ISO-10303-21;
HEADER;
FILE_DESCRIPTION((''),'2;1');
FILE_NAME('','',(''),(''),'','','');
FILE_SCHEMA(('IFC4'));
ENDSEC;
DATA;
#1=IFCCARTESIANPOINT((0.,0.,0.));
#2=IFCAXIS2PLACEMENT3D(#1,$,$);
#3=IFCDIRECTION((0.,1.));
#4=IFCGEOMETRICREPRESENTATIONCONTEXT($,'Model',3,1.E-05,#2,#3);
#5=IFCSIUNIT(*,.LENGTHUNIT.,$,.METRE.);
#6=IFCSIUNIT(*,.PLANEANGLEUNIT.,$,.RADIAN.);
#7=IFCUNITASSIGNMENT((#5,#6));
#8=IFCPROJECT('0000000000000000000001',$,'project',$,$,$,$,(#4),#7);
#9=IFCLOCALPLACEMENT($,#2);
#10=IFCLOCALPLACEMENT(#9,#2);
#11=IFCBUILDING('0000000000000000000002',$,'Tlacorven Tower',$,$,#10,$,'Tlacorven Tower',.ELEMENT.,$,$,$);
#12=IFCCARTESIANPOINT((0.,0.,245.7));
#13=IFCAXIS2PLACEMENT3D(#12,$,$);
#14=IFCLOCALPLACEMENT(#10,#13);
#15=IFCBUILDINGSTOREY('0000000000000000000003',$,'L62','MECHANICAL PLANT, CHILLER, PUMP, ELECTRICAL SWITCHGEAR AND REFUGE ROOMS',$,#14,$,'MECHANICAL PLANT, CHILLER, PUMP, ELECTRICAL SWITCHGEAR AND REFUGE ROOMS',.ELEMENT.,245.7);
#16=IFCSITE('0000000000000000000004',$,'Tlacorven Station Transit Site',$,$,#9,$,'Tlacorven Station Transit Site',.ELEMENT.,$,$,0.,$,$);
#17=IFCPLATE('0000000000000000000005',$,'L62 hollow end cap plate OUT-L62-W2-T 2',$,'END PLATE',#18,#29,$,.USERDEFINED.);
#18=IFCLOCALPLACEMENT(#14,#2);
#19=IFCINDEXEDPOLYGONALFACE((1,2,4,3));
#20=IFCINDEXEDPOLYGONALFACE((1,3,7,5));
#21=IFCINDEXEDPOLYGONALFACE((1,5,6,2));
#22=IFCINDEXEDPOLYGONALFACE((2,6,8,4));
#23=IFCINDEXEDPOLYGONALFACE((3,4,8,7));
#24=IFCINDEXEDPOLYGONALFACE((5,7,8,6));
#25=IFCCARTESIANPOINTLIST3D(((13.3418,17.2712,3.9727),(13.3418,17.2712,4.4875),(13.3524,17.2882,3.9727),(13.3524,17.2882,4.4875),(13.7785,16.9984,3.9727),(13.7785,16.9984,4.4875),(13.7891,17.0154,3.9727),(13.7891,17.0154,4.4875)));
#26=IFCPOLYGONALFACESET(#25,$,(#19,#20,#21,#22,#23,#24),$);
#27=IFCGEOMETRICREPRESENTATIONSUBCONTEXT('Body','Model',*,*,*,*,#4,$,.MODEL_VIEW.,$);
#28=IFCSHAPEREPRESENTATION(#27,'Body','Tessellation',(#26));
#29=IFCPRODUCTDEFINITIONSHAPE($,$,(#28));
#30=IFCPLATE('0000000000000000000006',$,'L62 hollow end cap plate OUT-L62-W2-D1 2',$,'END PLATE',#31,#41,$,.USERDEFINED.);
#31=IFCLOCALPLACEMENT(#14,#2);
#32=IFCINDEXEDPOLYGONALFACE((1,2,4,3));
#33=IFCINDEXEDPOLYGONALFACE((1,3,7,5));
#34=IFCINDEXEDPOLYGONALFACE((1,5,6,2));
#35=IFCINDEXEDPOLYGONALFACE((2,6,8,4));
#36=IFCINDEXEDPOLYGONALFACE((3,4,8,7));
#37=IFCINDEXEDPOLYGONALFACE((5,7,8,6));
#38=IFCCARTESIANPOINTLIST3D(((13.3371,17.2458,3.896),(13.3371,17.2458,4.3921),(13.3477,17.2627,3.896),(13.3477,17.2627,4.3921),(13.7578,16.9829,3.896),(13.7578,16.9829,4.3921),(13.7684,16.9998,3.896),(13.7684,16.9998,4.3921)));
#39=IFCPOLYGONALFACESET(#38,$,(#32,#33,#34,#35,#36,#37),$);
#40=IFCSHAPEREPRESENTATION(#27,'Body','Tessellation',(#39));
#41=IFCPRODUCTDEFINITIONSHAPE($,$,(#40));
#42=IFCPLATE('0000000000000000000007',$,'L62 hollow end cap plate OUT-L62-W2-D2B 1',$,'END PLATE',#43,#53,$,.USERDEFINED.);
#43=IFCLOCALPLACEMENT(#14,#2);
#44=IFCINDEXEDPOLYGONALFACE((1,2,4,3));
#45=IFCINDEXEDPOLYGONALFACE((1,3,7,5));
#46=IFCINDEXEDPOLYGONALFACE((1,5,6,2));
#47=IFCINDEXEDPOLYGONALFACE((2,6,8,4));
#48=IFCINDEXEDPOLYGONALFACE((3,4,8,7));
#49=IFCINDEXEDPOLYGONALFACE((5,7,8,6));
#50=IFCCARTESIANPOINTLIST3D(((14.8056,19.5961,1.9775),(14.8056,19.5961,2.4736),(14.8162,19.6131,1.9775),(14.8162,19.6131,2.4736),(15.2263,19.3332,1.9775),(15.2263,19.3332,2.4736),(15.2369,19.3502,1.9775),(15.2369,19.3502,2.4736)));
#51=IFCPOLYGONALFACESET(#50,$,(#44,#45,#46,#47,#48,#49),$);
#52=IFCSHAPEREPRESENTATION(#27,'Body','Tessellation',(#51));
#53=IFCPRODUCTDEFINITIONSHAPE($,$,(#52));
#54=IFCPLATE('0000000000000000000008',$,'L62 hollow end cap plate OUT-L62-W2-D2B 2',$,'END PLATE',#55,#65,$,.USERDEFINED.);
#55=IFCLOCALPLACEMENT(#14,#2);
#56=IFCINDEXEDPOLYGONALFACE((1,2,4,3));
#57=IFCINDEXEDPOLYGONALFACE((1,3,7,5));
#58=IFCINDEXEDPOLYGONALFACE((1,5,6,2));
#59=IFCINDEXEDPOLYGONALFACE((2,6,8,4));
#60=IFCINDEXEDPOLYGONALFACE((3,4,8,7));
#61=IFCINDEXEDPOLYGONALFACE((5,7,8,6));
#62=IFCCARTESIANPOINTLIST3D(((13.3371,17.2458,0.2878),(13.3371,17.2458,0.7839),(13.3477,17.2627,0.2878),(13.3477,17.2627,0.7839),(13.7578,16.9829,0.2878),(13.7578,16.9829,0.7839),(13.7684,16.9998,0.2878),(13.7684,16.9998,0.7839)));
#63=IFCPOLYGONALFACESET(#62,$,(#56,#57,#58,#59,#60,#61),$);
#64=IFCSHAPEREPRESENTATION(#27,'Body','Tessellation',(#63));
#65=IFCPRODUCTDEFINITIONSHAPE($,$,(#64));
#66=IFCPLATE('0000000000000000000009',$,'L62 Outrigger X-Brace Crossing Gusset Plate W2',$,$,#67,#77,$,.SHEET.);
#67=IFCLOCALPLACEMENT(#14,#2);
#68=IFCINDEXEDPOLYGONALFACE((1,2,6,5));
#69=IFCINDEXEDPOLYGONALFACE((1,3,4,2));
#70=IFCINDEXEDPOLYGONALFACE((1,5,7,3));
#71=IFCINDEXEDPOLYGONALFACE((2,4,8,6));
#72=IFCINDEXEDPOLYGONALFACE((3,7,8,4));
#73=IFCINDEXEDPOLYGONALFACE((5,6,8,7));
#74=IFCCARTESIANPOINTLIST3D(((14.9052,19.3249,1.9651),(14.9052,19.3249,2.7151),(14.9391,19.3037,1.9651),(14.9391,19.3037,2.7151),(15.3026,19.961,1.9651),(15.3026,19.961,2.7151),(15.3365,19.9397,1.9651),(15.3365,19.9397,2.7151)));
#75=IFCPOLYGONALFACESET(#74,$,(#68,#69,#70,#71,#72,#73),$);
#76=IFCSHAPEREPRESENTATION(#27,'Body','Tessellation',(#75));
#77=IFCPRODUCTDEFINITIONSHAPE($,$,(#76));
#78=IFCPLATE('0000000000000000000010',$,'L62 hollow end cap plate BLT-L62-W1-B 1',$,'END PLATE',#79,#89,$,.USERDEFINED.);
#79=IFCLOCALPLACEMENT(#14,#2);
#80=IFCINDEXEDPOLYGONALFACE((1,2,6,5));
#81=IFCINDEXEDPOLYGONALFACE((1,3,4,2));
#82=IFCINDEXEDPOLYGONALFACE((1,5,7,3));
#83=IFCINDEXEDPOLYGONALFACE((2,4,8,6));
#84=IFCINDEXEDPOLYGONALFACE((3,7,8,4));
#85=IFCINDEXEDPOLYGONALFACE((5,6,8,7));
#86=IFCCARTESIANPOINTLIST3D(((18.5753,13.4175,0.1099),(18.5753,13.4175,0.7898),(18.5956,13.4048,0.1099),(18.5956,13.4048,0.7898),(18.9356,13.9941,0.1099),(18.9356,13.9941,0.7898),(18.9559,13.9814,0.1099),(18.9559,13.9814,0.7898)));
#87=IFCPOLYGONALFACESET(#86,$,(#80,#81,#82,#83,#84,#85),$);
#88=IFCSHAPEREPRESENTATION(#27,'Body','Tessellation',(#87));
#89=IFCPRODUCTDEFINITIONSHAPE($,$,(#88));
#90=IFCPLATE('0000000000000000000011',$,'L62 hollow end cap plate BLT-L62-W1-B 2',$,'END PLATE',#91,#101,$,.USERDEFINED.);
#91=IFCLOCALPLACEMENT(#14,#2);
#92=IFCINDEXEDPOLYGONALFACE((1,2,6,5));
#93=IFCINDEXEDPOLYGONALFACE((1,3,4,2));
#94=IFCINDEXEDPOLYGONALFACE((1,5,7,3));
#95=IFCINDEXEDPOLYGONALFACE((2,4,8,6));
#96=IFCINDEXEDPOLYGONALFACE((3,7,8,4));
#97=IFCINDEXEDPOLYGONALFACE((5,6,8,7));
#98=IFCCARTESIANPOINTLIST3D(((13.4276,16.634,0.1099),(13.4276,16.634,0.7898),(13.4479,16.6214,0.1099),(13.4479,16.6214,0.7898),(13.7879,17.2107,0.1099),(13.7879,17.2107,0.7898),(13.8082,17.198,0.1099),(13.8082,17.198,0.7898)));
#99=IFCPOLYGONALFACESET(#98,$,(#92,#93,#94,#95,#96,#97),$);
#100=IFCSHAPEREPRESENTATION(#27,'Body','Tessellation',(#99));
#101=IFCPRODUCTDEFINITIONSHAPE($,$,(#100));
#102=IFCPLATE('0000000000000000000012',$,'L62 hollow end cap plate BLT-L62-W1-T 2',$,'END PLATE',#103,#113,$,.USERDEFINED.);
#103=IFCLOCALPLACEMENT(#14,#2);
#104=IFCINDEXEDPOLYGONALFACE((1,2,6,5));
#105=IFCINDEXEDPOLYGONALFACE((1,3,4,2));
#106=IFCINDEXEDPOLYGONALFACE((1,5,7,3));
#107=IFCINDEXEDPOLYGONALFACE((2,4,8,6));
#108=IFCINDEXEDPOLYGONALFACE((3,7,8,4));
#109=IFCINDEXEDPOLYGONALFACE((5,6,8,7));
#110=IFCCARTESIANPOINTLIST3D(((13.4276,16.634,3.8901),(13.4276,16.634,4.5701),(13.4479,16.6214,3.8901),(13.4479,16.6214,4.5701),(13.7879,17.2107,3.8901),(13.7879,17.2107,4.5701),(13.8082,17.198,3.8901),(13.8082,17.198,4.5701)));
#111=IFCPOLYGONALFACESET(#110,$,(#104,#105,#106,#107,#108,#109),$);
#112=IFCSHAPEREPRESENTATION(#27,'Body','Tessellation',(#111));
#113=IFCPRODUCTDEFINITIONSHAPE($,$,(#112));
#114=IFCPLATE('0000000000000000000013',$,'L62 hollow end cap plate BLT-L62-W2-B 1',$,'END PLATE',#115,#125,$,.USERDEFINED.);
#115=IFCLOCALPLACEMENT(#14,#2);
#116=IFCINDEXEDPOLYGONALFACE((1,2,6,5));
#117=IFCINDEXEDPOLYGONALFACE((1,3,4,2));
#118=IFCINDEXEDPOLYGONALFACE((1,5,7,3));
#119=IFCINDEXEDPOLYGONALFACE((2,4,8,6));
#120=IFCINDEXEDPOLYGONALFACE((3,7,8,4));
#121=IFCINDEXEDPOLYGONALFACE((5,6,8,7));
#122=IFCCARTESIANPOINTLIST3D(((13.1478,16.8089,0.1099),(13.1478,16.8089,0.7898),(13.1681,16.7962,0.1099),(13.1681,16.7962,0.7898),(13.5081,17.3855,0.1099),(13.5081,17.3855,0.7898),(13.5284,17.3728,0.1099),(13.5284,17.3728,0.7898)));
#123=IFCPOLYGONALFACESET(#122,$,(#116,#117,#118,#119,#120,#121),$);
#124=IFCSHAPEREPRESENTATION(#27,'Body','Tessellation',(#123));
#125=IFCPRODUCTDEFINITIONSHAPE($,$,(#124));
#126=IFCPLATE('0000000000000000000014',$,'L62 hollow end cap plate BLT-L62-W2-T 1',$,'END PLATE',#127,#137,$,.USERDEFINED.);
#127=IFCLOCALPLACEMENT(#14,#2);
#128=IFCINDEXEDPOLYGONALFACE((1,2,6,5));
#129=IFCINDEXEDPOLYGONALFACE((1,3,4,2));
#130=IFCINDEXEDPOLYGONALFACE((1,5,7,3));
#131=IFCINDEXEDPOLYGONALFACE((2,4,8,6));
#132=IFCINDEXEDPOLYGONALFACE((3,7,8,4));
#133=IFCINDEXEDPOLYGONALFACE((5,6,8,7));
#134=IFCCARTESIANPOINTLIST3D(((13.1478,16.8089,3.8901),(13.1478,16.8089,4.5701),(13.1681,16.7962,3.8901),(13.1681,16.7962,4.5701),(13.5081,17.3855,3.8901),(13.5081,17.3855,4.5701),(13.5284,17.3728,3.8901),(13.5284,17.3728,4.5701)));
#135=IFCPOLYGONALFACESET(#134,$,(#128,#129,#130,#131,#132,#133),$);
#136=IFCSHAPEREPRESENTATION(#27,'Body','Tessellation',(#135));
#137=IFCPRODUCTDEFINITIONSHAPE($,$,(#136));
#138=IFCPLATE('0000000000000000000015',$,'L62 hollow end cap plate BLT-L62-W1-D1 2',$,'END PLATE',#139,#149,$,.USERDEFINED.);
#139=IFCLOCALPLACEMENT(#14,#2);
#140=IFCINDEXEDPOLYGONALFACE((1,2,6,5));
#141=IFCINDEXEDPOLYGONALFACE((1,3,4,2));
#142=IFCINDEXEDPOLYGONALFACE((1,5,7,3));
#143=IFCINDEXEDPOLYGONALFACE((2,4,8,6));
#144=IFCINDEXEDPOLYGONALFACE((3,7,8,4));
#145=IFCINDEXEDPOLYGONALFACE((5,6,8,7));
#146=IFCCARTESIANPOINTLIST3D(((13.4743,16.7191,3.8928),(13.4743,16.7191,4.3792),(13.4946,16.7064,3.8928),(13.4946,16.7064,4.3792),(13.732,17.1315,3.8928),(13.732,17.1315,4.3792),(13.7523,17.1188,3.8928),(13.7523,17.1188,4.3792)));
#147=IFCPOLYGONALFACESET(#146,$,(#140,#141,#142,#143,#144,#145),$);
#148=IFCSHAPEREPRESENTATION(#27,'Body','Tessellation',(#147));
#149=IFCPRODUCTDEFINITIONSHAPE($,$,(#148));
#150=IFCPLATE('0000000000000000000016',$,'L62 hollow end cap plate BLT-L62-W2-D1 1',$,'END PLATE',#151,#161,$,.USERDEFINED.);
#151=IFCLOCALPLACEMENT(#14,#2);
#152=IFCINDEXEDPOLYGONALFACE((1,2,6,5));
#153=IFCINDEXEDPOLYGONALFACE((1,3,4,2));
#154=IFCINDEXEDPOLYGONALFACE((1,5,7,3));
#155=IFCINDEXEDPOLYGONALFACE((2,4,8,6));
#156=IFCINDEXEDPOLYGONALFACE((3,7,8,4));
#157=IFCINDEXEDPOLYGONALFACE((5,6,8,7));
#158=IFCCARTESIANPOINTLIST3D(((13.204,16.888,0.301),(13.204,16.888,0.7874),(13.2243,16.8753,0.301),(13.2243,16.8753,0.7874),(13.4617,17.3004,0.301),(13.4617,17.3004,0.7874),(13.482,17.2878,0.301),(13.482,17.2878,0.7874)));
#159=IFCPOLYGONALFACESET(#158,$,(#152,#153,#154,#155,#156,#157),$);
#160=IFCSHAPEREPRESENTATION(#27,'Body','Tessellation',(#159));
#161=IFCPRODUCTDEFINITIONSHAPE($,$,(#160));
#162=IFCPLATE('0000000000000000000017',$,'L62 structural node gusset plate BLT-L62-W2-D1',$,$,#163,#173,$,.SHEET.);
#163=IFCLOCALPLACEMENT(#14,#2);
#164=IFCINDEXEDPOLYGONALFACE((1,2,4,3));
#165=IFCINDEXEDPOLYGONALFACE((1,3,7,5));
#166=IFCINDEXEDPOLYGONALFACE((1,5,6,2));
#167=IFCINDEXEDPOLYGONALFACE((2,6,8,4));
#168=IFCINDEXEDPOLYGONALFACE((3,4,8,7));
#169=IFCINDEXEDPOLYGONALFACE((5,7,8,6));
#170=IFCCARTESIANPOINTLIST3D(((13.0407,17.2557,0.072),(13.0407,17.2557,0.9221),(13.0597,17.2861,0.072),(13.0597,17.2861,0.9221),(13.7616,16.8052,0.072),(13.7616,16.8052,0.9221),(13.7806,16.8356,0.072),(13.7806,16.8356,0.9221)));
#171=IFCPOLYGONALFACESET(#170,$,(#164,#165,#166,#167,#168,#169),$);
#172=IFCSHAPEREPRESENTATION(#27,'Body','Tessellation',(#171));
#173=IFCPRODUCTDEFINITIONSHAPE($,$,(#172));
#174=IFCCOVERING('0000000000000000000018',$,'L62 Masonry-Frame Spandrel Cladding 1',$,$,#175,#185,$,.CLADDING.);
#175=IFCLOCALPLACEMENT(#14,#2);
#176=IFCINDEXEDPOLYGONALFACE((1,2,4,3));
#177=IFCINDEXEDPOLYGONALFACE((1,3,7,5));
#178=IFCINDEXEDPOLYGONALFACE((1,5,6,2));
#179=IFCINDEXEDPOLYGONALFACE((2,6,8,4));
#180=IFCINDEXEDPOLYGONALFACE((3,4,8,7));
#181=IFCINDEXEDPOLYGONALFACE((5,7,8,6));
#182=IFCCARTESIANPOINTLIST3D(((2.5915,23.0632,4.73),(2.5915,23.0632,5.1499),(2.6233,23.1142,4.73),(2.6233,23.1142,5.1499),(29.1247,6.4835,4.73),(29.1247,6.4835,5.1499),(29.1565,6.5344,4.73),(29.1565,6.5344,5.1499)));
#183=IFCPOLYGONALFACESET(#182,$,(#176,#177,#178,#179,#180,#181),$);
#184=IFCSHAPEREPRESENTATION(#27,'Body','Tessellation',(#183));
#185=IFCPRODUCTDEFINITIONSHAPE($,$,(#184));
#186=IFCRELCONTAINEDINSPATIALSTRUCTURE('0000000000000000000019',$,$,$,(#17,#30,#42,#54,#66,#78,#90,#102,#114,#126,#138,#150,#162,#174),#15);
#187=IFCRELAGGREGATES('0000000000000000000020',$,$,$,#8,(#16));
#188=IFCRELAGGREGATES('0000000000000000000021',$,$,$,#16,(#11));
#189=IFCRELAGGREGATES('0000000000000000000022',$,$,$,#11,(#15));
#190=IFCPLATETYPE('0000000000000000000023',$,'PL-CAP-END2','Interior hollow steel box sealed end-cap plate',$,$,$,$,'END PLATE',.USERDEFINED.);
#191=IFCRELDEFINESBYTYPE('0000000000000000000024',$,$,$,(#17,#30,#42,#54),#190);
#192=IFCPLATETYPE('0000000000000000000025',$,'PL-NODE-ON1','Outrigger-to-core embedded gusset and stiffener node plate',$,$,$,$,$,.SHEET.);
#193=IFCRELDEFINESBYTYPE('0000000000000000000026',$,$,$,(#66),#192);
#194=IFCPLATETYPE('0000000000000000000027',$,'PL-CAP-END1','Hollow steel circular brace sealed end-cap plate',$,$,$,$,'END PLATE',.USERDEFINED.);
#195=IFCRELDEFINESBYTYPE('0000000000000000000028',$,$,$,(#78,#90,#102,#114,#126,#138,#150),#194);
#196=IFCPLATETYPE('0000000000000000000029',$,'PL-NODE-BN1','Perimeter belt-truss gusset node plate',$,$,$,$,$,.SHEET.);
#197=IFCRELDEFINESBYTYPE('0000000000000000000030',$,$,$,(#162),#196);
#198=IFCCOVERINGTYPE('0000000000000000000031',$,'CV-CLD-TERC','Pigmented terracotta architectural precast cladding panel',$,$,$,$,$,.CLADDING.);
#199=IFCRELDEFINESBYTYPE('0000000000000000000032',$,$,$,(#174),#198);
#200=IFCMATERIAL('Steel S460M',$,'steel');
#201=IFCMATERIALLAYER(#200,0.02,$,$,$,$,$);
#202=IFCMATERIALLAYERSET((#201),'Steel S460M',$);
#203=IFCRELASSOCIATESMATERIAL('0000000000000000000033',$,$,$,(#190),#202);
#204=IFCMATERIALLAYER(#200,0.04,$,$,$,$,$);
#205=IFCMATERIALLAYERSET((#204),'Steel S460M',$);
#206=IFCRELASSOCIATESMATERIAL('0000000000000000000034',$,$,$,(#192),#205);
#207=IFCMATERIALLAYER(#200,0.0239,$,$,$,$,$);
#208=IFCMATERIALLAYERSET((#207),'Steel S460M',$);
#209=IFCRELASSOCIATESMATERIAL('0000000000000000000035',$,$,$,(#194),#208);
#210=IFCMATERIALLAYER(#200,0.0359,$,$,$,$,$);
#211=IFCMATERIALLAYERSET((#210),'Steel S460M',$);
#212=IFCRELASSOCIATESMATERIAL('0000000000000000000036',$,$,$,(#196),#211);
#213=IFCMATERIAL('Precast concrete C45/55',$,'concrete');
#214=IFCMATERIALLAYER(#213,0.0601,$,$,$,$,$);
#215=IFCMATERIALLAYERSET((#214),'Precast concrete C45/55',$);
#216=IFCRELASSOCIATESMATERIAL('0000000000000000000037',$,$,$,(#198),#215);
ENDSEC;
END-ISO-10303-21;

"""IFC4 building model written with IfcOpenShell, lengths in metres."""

from ifc_helpers import new_model, si_unit, direction, frame, origin, origin_2d, place, context, subcontext, project, spatial, rectangle, extrude, source, transform, mapped, material, layer, layer_set, type_object, element, save


model = new_model("IFC4")

# Units and contexts
model_context = context("Model", 3, precision=1e-05, world=origin(), true_north=direction((0.0, 1.0)))
body_context = subcontext(model_context, "Body", "Model", "MODEL_VIEW")
ifc_project = project(units=[si_unit("LENGTHUNIT", "METRE"), si_unit("PLANEANGLEUNIT", "RADIAN")], contexts=[model_context])

# Site, building, storey
site_placement = place(None, origin())
site = spatial("IfcSite", under=ifc_project, at=site_placement, Name="Tlacorven Station Transit Site", LongName="Tlacorven Station Transit Site", CompositionType="ELEMENT", RefElevation=0.0)
building_placement = place(site_placement, origin())
building = spatial("IfcBuilding", under=site, at=building_placement, Name="Tlacorven Tower", LongName="Tlacorven Tower", CompositionType="ELEMENT")
storey_placement = place(building_placement, frame((0.0, 0.0, 245.7)))
storey = spatial("IfcBuildingStorey", under=building, at=storey_placement, Name="L62", Description="MECHANICAL PLANT, CHILLER, PUMP, ELECTRICAL SWITCHGEAR AND REFUGE ROOMS", LongName="MECHANICAL PLANT, CHILLER, PUMP, ELECTRICAL SWITCHGEAR AND REFUGE ROOMS", CompositionType="ELEMENT", Elevation=245.7)

# Shared definitions
ifc_material_1 = material(Name="Steel S460M", Category="steel")

# Plates
ifc_layer_1 = layer(ifc_material_1, 0.02)
ifc_layer_set_1 = layer_set([ifc_layer_1], Name="Steel S460M")
plate_type_1 = type_object("IfcPlateType", Name="PL-CAP-END2", Description="Interior hollow steel box sealed end-cap plate", ElementType="END PLATE", PredefinedType="USERDEFINED", material=ifc_layer_set_1)
shared_shape_1 = source(origin(), body_context, "Body", "SweptSolid", [
    extrude(rectangle(XDim=0.02, YDim=0.5149, at=origin_2d()), origin(), (0.0, 0.0, 1.0), 0.5149),
])
for number, where, z_axis, x_axis, name in (
    (1, (13.5654, 17.1433, 3.9727), (0.0, 0.0, 1.0), (-0.529919, -0.848048, 0.0), "L62 hollow end cap plate OUT-L62-W2-T 2"),
):
    element("IfcPlate", number, at=place(storey_placement, frame(where, z_axis=z_axis, x_axis=x_axis)), inside=storey, type_object=plate_type_1, Name=name, ObjectType="END PLATE", PredefinedType="USERDEFINED", context=body_context, shape_type="MappedRepresentation", body=[
        mapped(shared_shape_1, transform((0.0, 0.0, 0.0), scale=1.0)),
    ])
shared_shape_2 = source(origin(), body_context, "Body", "SweptSolid", [
    extrude(rectangle(XDim=0.02, YDim=0.4961, at=origin_2d()), origin(), (0.0, 0.0, 1.0), 0.4961),
])
for number, where, z_axis, x_axis, name in (
    (2, (13.5527, 17.1228, 3.896), (0.0, 0.0, 1.0), (-0.529919, -0.848048, 0.0), "L62 hollow end cap plate OUT-L62-W2-D1 2"),
    (3, (15.0212, 19.4731, 1.9775), (0.0, 0.0, 1.0), (-0.529918, -0.848049, 0.0), "L62 hollow end cap plate OUT-L62-W2-D2B 1"),
    (4, (13.5527, 17.1228, 0.2878), (0.0, 0.0, 1.0), (-0.529918, -0.848049, 0.0), "L62 hollow end cap plate OUT-L62-W2-D2B 2"),
):
    element("IfcPlate", number, at=place(storey_placement, frame(where, z_axis=z_axis, x_axis=x_axis)), inside=storey, type_object=plate_type_1, Name=name, ObjectType="END PLATE", PredefinedType="USERDEFINED", context=body_context, shape_type="MappedRepresentation", body=[
        mapped(shared_shape_2, transform((0.0, 0.0, 0.0), scale=1.0)),
    ])
ifc_layer_2 = layer(ifc_material_1, 0.04)
ifc_layer_set_2 = layer_set([ifc_layer_2], Name="Steel S460M")
plate_type_2 = type_object("IfcPlateType", Name="PL-NODE-ON1", Description="Outrigger-to-core embedded gusset and stiffener node plate", PredefinedType="SHEET", material=ifc_layer_set_2)
shared_shape_3 = source(origin(), body_context, "Body", "SweptSolid", [
    extrude(rectangle(XDim=0.75, YDim=0.04, at=origin_2d()), origin(), (0.0, 0.0, 1.0), 0.75),
])
plate_1_placement = place(storey_placement, frame((15.1208, 19.6323, 1.9651), z_axis=(0.0, 0.0, 1.0), x_axis=(-0.529919, -0.848048, 0.0)))
element("IfcPlate", 5, at=plate_1_placement, inside=storey, type_object=plate_type_2, Name="L62 Outrigger X-Brace Crossing Gusset Plate W2", PredefinedType="SHEET", context=body_context, shape_type="MappedRepresentation", body=[
    mapped(shared_shape_3, transform((0.0, 0.0, 0.0), scale=1.0)),
])
ifc_layer_3 = layer(ifc_material_1, 0.0239)
ifc_layer_set_3 = layer_set([ifc_layer_3], Name="Steel S460M")
plate_type_3 = type_object("IfcPlateType", Name="PL-CAP-END1", Description="Hollow steel circular brace sealed end-cap plate", ElementType="END PLATE", PredefinedType="USERDEFINED", material=ifc_layer_set_3)
shared_shape_4 = source(origin(), body_context, "Body", "SweptSolid", [
    extrude(rectangle(XDim=0.0239, YDim=0.6799, at=origin_2d()), origin(), (0.0, 0.0, 1.0), 0.6799),
])
for number, where, z_axis, x_axis, name in (
    (6, (18.7656, 13.6995, 0.1099), (0.0, 0.0, 1.0), (-0.848048, 0.529919, 0.0), "L62 hollow end cap plate BLT-L62-W1-B 1"),
    (7, (13.6179, 16.916, 0.1099), (0.0, 0.0, 1.0), (-0.848048, 0.529919, 0.0), "L62 hollow end cap plate BLT-L62-W1-B 2"),
    (8, (13.6179, 16.916, 3.8901), (0.0, 0.0, 1.0), (-0.848048, 0.529919, 0.0), "L62 hollow end cap plate BLT-L62-W1-T 2"),
    (9, (13.3381, 17.0908, 0.1099), (0.0, 0.0, 1.0), (-0.848048, 0.529919, 0.0), "L62 hollow end cap plate BLT-L62-W2-B 1"),
    (10, (13.3381, 17.0908, 3.8901), (0.0, 0.0, 1.0), (-0.848048, 0.529919, 0.0), "L62 hollow end cap plate BLT-L62-W2-T 1"),
):
    element("IfcPlate", number, at=place(storey_placement, frame(where, z_axis=z_axis, x_axis=x_axis)), inside=storey, type_object=plate_type_3, Name=name, ObjectType="END PLATE", PredefinedType="USERDEFINED", context=body_context, shape_type="MappedRepresentation", body=[
        mapped(shared_shape_4, transform((0.0, 0.0, 0.0), scale=1.0)),
    ])
shared_shape_5 = source(origin(), body_context, "Body", "SweptSolid", [
    extrude(rectangle(XDim=0.0239, YDim=0.4863, at=origin_2d()), origin(), (0.0, 0.0, 1.0), 0.4863),
])
for number, where, z_axis, x_axis, name in (
    (11, (13.6133, 16.9189, 3.8928), (0.0, 0.0, 1.0), (-0.848048, 0.529919, 0.0), "L62 hollow end cap plate BLT-L62-W1-D1 2"),
    (12, (13.343, 17.0879, 0.301), (0.0, 0.0, 1.0), (-0.848048, 0.529919, 0.0), "L62 hollow end cap plate BLT-L62-W2-D1 1"),
):
    element("IfcPlate", number, at=place(storey_placement, frame(where, z_axis=z_axis, x_axis=x_axis)), inside=storey, type_object=plate_type_3, Name=name, ObjectType="END PLATE", PredefinedType="USERDEFINED", context=body_context, shape_type="MappedRepresentation", body=[
        mapped(shared_shape_5, transform((0.0, 0.0, 0.0), scale=1.0)),
    ])
ifc_layer_4 = layer(ifc_material_1, 0.0359)
ifc_layer_set_4 = layer_set([ifc_layer_4], Name="Steel S460M")
plate_type_4 = type_object("IfcPlateType", Name="PL-NODE-BN1", Description="Perimeter belt-truss gusset node plate", PredefinedType="SHEET", material=ifc_layer_set_4)
shared_shape_6 = source(origin(), body_context, "Body", "SweptSolid", [
    extrude(rectangle(XDim=0.8501, YDim=0.0359, at=origin_2d()), origin(), (0.0, 0.0, 1.0), 0.8501),
])
plate_2_placement = place(storey_placement, frame((13.4106, 17.0457, 0.072), z_axis=(0.0, 0.0, 1.0), x_axis=(-0.848048, 0.529919, 0.0)))
element("IfcPlate", 13, at=plate_2_placement, inside=storey, type_object=plate_type_4, Name="L62 structural node gusset plate BLT-L62-W2-D1", PredefinedType="SHEET", context=body_context, shape_type="MappedRepresentation", body=[
    mapped(shared_shape_6, transform((0.0, 0.0, 0.0), scale=1.0)),
])

# Covering
ifc_material_2 = material(Name="Precast concrete C45/55", Category="concrete")
ifc_layer_5 = layer(ifc_material_2, 0.0601)
ifc_layer_set_5 = layer_set([ifc_layer_5], Name="Precast concrete C45/55")
covering_type = type_object("IfcCoveringType", Name="CV-CLD-TERC", Description="Pigmented terracotta architectural precast cladding panel", PredefinedType="CLADDING", material=ifc_layer_set_5)
shared_shape_7 = source(origin(), body_context, "Body", "SweptSolid", [
    extrude(rectangle(XDim=31.2874, YDim=0.0601, at=origin_2d()), origin(), (0.0, 0.0, 1.0), 0.4199),
])
covering_placement = place(storey_placement, frame((15.874, 14.7988, 4.73), z_axis=(0.0, 0.0, 1.0), x_axis=(-0.848048, 0.529919, 0.0)))
element("IfcCovering", 14, at=covering_placement, inside=storey, type_object=covering_type, Name="L62 Masonry-Frame Spandrel Cladding 1", PredefinedType="CLADDING", context=body_context, shape_type="MappedRepresentation", body=[
    mapped(shared_shape_7, transform((0.0, 0.0, 0.0), scale=1.0)),
])

save(model, "model.ifc")
